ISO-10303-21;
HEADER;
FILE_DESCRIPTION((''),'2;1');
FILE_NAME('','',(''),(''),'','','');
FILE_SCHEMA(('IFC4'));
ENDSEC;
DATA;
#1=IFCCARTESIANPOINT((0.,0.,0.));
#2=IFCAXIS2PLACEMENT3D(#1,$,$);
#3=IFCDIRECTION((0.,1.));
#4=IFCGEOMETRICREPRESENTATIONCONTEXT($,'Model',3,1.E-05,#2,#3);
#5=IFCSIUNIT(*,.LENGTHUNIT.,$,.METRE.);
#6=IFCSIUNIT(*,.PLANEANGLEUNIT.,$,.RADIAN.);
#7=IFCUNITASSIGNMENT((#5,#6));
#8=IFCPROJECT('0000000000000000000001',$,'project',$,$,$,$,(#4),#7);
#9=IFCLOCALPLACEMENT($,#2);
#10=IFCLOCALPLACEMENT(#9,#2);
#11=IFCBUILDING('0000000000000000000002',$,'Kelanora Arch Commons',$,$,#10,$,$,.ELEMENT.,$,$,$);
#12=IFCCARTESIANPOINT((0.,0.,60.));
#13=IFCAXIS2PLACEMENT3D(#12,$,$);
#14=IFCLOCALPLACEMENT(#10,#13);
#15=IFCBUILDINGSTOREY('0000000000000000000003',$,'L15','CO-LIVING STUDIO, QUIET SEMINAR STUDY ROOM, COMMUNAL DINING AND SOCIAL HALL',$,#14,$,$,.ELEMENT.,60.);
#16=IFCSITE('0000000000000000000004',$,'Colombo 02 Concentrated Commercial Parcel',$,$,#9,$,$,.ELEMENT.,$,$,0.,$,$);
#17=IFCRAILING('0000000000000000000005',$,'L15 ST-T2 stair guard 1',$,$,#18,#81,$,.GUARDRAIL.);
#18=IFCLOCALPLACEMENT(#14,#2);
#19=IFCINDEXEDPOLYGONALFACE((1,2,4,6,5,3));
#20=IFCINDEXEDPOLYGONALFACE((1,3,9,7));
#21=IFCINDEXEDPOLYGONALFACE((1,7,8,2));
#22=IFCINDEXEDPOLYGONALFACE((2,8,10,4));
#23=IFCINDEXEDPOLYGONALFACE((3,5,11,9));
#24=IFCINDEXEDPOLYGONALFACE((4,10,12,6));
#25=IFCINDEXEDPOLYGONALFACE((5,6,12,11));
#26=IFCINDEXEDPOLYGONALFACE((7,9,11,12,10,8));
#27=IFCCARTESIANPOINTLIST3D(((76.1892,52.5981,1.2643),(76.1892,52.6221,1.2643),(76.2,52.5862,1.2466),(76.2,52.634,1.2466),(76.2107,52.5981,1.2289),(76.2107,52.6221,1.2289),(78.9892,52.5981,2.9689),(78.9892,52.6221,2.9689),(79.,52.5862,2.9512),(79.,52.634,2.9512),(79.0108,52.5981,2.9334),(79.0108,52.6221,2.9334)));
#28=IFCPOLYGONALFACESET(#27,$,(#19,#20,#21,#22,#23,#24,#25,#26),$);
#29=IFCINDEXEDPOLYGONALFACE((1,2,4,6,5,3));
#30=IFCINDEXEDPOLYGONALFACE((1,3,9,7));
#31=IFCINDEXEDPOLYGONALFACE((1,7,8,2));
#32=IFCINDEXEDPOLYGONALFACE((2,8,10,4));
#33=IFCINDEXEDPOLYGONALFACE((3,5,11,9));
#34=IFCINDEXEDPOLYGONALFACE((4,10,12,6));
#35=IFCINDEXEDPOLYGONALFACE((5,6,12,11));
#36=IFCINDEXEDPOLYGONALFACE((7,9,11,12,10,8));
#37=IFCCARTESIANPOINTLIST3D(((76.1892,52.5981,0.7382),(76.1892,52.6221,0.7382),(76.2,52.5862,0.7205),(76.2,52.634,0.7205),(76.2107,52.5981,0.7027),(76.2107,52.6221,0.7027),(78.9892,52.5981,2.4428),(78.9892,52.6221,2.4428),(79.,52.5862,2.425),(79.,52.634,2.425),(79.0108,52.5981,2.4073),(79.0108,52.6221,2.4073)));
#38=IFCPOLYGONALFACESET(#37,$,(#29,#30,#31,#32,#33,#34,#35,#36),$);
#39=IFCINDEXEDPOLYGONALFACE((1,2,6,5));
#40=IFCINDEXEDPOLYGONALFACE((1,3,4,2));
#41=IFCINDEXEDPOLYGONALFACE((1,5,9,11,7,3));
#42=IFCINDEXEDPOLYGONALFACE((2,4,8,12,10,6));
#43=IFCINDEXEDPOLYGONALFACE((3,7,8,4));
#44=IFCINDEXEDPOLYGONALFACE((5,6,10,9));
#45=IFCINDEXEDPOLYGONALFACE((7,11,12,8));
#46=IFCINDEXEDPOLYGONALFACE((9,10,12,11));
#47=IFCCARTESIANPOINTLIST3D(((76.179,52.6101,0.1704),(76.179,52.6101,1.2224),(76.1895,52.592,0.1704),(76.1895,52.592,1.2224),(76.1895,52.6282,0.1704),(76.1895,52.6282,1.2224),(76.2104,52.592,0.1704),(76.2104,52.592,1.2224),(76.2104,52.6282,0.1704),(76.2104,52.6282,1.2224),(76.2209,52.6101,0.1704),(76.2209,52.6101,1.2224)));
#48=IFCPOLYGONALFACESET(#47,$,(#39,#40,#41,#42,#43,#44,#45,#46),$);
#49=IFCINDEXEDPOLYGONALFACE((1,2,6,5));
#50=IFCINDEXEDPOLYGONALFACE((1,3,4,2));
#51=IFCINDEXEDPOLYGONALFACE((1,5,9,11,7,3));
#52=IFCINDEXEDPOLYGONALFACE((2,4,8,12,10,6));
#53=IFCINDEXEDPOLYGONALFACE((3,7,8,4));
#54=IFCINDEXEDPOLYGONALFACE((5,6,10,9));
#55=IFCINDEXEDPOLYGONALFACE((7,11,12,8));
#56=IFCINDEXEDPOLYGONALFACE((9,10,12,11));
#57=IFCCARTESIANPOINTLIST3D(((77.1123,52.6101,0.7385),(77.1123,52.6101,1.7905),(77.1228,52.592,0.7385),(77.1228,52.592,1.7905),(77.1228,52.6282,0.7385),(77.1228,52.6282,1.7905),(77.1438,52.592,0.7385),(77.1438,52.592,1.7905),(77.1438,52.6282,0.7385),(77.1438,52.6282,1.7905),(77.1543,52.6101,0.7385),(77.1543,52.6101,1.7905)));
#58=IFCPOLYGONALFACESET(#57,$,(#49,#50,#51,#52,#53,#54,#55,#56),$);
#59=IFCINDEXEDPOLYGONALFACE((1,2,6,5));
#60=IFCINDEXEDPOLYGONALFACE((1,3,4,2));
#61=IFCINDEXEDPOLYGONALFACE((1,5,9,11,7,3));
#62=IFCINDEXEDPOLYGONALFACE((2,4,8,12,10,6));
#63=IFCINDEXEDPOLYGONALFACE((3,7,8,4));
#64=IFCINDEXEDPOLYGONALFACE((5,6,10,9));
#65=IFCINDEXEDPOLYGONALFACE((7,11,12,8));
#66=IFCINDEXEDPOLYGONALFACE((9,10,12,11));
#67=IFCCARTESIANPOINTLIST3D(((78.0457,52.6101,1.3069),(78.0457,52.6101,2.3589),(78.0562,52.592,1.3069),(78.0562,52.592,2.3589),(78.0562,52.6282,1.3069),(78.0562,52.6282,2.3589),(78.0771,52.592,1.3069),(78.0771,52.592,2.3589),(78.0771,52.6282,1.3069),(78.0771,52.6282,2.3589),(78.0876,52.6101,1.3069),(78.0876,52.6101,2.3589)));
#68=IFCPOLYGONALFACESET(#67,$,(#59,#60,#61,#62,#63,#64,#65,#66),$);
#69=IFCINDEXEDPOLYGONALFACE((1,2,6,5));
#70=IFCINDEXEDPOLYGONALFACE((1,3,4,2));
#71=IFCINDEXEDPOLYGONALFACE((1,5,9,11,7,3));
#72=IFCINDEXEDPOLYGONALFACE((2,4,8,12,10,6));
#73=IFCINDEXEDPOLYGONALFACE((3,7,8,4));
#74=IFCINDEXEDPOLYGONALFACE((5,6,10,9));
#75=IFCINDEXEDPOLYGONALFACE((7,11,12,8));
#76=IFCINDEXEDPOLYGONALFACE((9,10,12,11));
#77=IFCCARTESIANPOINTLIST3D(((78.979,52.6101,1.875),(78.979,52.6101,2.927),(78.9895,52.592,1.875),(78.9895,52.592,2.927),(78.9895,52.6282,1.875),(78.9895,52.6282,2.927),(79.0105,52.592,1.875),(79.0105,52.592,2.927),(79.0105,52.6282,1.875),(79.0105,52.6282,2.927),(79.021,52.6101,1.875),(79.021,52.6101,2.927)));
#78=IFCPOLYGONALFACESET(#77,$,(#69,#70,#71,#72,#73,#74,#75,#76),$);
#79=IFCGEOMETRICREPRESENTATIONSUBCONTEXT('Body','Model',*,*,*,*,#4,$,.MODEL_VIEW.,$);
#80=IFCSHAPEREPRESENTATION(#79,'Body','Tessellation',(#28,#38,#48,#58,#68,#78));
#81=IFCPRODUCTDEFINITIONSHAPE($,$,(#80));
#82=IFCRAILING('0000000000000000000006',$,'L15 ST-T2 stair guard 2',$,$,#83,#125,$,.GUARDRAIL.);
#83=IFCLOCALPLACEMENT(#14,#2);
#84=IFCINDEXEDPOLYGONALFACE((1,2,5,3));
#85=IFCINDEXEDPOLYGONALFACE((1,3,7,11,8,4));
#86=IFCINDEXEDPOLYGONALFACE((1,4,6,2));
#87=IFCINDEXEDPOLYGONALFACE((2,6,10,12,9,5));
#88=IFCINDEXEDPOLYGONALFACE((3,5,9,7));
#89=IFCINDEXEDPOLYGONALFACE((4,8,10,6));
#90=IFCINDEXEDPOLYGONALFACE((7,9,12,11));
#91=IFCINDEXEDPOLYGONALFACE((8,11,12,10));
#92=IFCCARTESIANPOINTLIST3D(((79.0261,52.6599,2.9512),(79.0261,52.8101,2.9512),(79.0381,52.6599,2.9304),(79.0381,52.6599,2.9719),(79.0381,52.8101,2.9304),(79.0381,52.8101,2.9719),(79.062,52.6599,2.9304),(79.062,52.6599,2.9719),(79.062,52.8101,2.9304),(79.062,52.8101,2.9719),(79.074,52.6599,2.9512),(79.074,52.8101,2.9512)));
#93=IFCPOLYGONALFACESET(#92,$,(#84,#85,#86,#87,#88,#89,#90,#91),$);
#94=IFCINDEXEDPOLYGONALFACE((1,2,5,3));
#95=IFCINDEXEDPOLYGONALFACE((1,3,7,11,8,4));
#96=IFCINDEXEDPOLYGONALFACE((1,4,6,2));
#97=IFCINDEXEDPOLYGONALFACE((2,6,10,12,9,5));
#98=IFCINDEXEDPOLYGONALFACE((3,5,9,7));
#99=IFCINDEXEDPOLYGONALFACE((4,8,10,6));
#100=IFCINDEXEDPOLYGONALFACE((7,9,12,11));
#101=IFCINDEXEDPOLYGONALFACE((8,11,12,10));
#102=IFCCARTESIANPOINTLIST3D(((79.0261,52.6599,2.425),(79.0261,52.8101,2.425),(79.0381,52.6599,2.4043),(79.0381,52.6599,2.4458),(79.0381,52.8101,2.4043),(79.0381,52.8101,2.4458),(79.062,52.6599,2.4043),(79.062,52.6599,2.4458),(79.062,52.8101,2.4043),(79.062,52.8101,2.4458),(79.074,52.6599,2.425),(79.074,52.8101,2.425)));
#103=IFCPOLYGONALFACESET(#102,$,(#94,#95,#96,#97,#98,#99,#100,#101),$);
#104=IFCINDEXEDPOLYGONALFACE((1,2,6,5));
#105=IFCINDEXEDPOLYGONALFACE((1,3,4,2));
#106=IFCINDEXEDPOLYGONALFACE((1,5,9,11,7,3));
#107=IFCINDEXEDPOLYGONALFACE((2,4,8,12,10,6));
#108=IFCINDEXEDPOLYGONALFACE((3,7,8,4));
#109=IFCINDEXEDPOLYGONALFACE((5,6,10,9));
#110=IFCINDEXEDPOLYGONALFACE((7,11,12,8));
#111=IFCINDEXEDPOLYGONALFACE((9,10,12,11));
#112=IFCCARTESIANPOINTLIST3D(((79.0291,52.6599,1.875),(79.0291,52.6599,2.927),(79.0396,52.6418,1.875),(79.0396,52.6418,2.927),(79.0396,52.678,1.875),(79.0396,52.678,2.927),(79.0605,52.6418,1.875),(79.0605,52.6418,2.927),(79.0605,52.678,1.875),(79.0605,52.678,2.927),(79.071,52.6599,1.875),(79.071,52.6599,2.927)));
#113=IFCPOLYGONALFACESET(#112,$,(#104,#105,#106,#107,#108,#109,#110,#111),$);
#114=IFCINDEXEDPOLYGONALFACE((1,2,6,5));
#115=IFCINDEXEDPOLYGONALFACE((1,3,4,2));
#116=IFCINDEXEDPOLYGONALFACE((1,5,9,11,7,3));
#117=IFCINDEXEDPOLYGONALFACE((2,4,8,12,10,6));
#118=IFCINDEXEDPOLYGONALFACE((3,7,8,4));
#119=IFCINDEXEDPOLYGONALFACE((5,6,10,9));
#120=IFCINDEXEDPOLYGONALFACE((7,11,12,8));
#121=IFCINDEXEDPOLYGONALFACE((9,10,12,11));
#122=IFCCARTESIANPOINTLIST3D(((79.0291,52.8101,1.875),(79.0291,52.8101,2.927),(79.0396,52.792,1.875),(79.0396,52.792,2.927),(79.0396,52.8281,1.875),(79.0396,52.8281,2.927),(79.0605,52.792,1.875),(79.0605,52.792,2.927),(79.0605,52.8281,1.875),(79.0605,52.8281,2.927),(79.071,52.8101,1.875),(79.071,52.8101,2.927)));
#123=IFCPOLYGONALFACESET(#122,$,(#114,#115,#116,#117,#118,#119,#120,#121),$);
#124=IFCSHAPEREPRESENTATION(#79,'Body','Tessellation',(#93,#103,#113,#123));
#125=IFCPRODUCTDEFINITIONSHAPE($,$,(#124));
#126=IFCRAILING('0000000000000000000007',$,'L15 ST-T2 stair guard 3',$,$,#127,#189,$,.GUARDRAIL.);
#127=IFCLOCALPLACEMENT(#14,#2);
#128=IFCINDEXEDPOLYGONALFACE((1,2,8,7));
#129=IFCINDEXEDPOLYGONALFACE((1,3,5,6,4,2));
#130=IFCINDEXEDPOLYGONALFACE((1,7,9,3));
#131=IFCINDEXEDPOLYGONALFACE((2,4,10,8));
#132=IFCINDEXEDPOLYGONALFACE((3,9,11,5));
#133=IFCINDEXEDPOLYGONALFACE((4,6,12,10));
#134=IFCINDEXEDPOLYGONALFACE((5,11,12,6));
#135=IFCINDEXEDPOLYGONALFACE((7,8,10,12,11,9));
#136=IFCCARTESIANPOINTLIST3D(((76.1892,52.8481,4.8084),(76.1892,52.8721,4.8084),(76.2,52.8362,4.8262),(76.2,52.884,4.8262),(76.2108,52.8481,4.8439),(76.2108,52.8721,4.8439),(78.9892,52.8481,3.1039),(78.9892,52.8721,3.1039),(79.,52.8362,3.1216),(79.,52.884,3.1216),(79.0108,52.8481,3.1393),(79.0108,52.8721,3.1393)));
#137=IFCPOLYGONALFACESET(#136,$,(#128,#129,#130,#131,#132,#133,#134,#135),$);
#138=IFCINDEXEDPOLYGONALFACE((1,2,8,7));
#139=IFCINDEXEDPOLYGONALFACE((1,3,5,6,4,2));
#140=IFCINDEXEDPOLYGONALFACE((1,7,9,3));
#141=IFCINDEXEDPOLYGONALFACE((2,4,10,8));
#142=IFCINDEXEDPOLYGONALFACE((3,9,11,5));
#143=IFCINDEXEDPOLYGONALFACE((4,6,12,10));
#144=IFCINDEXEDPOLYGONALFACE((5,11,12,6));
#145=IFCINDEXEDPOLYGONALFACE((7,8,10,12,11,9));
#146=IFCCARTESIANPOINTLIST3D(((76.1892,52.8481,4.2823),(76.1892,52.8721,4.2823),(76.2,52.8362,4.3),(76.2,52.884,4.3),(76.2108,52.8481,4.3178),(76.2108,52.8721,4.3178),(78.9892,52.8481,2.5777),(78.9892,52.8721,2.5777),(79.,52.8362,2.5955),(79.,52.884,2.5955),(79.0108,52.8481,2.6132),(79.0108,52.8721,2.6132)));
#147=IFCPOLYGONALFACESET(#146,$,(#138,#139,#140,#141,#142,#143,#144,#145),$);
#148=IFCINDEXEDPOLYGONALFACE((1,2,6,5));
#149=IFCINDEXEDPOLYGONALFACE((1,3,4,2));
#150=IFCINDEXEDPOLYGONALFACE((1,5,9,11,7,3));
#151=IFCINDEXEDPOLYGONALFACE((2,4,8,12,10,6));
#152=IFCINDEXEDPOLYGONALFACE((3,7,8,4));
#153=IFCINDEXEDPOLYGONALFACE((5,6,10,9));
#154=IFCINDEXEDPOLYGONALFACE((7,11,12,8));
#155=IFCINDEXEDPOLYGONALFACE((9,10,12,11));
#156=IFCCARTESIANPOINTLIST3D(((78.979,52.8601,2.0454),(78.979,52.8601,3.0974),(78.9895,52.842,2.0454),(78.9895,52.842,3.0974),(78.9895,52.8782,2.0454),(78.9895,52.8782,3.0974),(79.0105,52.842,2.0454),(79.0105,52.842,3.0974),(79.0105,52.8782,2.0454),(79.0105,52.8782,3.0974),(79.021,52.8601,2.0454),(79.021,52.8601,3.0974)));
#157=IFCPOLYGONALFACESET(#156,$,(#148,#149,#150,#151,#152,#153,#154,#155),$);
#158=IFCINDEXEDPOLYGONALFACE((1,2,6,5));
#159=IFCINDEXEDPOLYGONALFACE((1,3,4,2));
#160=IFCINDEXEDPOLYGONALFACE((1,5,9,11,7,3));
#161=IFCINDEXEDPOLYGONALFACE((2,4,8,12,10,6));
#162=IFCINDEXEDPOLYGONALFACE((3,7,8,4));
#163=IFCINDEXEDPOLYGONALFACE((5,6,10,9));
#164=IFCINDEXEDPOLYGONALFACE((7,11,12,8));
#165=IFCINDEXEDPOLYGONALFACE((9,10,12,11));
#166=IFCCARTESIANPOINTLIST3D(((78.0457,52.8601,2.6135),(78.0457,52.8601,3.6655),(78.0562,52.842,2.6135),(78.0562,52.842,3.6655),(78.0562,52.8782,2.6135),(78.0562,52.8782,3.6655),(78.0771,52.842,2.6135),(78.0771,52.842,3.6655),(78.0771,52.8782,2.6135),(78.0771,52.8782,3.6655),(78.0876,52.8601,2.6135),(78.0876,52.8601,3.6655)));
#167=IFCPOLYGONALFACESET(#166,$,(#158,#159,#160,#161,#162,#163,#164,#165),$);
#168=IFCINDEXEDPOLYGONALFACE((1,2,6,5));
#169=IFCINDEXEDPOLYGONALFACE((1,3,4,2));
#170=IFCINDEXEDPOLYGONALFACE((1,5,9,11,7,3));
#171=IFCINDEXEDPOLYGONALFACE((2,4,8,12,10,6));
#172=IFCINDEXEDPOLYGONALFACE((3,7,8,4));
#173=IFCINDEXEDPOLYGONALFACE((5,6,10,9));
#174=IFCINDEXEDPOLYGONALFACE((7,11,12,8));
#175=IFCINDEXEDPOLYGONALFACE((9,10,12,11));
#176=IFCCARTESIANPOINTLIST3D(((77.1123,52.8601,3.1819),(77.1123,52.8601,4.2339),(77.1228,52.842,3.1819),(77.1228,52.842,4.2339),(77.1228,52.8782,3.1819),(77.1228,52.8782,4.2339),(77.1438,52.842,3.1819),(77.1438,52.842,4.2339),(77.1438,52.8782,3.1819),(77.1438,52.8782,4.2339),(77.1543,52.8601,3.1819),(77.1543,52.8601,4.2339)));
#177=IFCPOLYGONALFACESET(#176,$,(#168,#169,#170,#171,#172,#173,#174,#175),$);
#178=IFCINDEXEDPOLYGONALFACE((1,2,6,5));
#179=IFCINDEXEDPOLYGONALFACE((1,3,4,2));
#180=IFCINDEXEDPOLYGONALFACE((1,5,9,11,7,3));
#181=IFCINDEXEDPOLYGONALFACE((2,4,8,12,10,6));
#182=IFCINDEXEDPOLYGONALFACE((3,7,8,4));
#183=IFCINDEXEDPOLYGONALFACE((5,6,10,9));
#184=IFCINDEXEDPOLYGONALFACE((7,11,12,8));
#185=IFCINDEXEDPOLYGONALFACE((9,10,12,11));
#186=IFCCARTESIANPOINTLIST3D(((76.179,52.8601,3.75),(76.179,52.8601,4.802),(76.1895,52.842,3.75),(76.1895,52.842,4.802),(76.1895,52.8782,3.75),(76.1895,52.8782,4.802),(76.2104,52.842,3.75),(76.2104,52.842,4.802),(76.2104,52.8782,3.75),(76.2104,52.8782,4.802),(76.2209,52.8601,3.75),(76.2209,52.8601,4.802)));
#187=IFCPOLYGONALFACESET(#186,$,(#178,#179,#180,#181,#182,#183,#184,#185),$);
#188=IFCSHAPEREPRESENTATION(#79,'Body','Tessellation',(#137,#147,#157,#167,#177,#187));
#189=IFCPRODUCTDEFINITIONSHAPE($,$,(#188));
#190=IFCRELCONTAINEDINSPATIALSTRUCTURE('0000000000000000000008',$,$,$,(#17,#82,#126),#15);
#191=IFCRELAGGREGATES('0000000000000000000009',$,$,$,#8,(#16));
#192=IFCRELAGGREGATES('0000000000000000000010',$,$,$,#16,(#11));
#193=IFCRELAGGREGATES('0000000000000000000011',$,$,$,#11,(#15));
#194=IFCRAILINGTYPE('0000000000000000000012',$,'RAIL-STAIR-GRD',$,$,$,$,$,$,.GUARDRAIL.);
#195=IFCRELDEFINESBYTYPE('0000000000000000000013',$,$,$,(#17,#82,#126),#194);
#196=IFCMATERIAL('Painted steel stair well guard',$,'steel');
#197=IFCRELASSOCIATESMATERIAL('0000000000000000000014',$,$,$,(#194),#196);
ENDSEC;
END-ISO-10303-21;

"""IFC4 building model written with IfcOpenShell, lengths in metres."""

from ifc_helpers import new_model, si_unit, direction, frame, origin, place, context, subcontext, project, spatial, polyline, outline, extrude, material, type_object, element, save


model = new_model("IFC4")

# Units and contexts
model_context = context("Model", 3, precision=1e-05, world=origin(), true_north=direction((0.0, 1.0)))
body_context = subcontext(model_context, "Body", "Model", "MODEL_VIEW")
ifc_project = project(units=[si_unit("LENGTHUNIT", "METRE"), si_unit("PLANEANGLEUNIT", "RADIAN")], contexts=[model_context])

# Site, building, storey
site_placement = place(None, origin())
site = spatial("IfcSite", under=ifc_project, at=site_placement, Name="Colombo 02 Concentrated Commercial Parcel", CompositionType="ELEMENT", RefElevation=0.0)
building_placement = place(site_placement, origin())
building = spatial("IfcBuilding", under=site, at=building_placement, Name="Kelanora Arch Commons", CompositionType="ELEMENT")
storey_placement = place(building_placement, frame((0.0, 0.0, 60.0)))
storey = spatial("IfcBuildingStorey", under=building, at=storey_placement, Name="L15", Description="CO-LIVING STUDIO, QUIET SEMINAR STUDY ROOM, COMMUNAL DINING AND SOCIAL HALL", CompositionType="ELEMENT", Elevation=60.0)

# Railings
ifc_material_1 = material(Name="Painted steel stair well guard", Category="steel")
railing_type_1 = type_object("IfcRailingType", Name="RAIL-STAIR-GRD", PredefinedType="GUARDRAIL", material=ifc_material_1)
railing_1_placement = place(storey_placement, frame((76.2, 52.6101, 0.1704)))
element("IfcRailing", 1, at=railing_1_placement, inside=storey, type_object=railing_type_1, Name="L15 ST-T2 stair guard 1", PredefinedType="GUARDRAIL", context=body_context, shape_type="SweptSolid", body=[
    extrude(outline(polyline([(0.0239, 0.0), (0.012, 0.0208), (-0.012, 0.0208), (-0.0239, 0.0), (-0.012, -0.0208), (0.012, -0.0208), (0.0239, 0.0)])), frame((0.0, 0.0, 1.0762), z_axis=(0.85417, 0.0, 0.519994), x_axis=(0.0, 1.0, 0.0)), (0.0, 0.0, 1.0), 3.2781),
    extrude(outline(polyline([(0.0239, 0.0), (0.012, 0.0208), (-0.012, 0.0208), (-0.0239, 0.0), (-0.012, -0.0208), (0.012, -0.0208), (0.0239, 0.0)])), frame((0.0, 0.0, 0.55), z_axis=(0.85417, 0.0, 0.519994), x_axis=(0.0, 1.0, 0.0)), (0.0, 0.0, 1.0), 3.2781),
    extrude(outline(polyline([(0.021, 0.0), (0.0105, 0.0181), (-0.0105, 0.0181), (-0.021, 0.0), (-0.0105, -0.0181), (0.0105, -0.0181), (0.021, 0.0)])), origin(), (0.0, 0.0, 1.0), 1.052),
    extrude(outline(polyline([(0.021, 0.0), (0.0105, 0.0181), (-0.0105, 0.0181), (-0.021, 0.0), (-0.0105, -0.0181), (0.0105, -0.0181), (0.021, 0.0)])), frame((0.9333, 0.0, 0.5681)), (0.0, 0.0, 1.0), 1.052),
    extrude(outline(polyline([(0.021, 0.0), (0.0105, 0.0181), (-0.0105, 0.0181), (-0.021, 0.0), (-0.0105, -0.0181), (0.0105, -0.0181), (0.021, 0.0)])), frame((1.8667, 0.0, 1.1365)), (0.0, 0.0, 1.0), 1.052),
    extrude(outline(polyline([(0.021, 0.0), (0.0105, 0.0181), (-0.0105, 0.0181), (-0.021, 0.0), (-0.0105, -0.0181), (0.0105, -0.0181), (0.021, 0.0)])), frame((2.8, 0.0, 1.7046)), (0.0, 0.0, 1.0), 1.052),
])
railing_2_placement = place(storey_placement, frame((79.05, 52.6599, 1.875)))
element("IfcRailing", 2, at=railing_2_placement, inside=storey, type_object=railing_type_1, Name="L15 ST-T2 stair guard 2", PredefinedType="GUARDRAIL", context=body_context, shape_type="SweptSolid", body=[
    extrude(outline(polyline([(0.0239, 0.0), (0.012, 0.0208), (-0.012, 0.0208), (-0.0239, 0.0), (-0.012, -0.0208), (0.012, -0.0208), (0.0239, 0.0)])), frame((0.0, 0.0, 1.0762), z_axis=(0.0, 1.0, 0.0), x_axis=(-1.0, 0.0, 0.0)), (0.0, 0.0, 1.0), 0.1501),
    extrude(outline(polyline([(0.0239, 0.0), (0.012, 0.0208), (-0.012, 0.0208), (-0.0239, 0.0), (-0.012, -0.0208), (0.012, -0.0208), (0.0239, 0.0)])), frame((0.0, 0.0, 0.55), z_axis=(0.0, 1.0, 0.0), x_axis=(-1.0, 0.0, 0.0)), (0.0, 0.0, 1.0), 0.1501),
    extrude(outline(polyline([(0.021, 0.0), (0.0105, 0.0181), (-0.0105, 0.0181), (-0.021, 0.0), (-0.0105, -0.0181), (0.0105, -0.0181), (0.021, 0.0)])), origin(), (0.0, 0.0, 1.0), 1.052),
    extrude(outline(polyline([(0.021, 0.0), (0.0105, 0.0181), (-0.0105, 0.0181), (-0.021, 0.0), (-0.0105, -0.0181), (0.0105, -0.0181), (0.021, 0.0)])), frame((0.0, 0.1501, 0.0)), (0.0, 0.0, 1.0), 1.052),
])
railing_3_placement = place(storey_placement, frame((79.0, 52.8601, 2.0454)))
element("IfcRailing", 3, at=railing_3_placement, inside=storey, type_object=railing_type_1, Name="L15 ST-T2 stair guard 3", PredefinedType="GUARDRAIL", context=body_context, shape_type="SweptSolid", body=[
    extrude(outline(polyline([(0.0239, 0.0), (0.012, 0.0208), (-0.012, 0.0208), (-0.0239, 0.0), (-0.012, -0.0208), (0.012, -0.0208), (0.0239, 0.0)])), frame((0.0, 0.0, 1.0762), z_axis=(-0.85417, 0.0, 0.519994), x_axis=(0.0, -1.0, 0.0)), (0.0, 0.0, 1.0), 3.2781),
    extrude(outline(polyline([(0.0239, 0.0), (0.012, 0.0208), (-0.012, 0.0208), (-0.0239, 0.0), (-0.012, -0.0208), (0.012, -0.0208), (0.0239, 0.0)])), frame((0.0, 0.0, 0.55), z_axis=(-0.85417, 0.0, 0.519994), x_axis=(0.0, -1.0, 0.0)), (0.0, 0.0, 1.0), 3.2781),
    extrude(outline(polyline([(0.021, 0.0), (0.0105, 0.0181), (-0.0105, 0.0181), (-0.021, 0.0), (-0.0105, -0.0181), (0.0105, -0.0181), (0.021, 0.0)])), origin(), (0.0, 0.0, 1.0), 1.052),
    extrude(outline(polyline([(0.021, 0.0), (0.0105, 0.0181), (-0.0105, 0.0181), (-0.021, 0.0), (-0.0105, -0.0181), (0.0105, -0.0181), (0.021, 0.0)])), frame((-0.9333, 0.0, 0.5681)), (0.0, 0.0, 1.0), 1.052),
    extrude(outline(polyline([(0.021, 0.0), (0.0105, 0.0181), (-0.0105, 0.0181), (-0.021, 0.0), (-0.0105, -0.0181), (0.0105, -0.0181), (0.021, 0.0)])), frame((-1.8667, 0.0, 1.1365)), (0.0, 0.0, 1.0), 1.052),
    extrude(outline(polyline([(0.021, 0.0), (0.0105, 0.0181), (-0.0105, 0.0181), (-0.021, 0.0), (-0.0105, -0.0181), (0.0105, -0.0181), (0.021, 0.0)])), frame((-2.8, 0.0, 1.7046)), (0.0, 0.0, 1.0), 1.052),
])

save(model, "model.ifc")
